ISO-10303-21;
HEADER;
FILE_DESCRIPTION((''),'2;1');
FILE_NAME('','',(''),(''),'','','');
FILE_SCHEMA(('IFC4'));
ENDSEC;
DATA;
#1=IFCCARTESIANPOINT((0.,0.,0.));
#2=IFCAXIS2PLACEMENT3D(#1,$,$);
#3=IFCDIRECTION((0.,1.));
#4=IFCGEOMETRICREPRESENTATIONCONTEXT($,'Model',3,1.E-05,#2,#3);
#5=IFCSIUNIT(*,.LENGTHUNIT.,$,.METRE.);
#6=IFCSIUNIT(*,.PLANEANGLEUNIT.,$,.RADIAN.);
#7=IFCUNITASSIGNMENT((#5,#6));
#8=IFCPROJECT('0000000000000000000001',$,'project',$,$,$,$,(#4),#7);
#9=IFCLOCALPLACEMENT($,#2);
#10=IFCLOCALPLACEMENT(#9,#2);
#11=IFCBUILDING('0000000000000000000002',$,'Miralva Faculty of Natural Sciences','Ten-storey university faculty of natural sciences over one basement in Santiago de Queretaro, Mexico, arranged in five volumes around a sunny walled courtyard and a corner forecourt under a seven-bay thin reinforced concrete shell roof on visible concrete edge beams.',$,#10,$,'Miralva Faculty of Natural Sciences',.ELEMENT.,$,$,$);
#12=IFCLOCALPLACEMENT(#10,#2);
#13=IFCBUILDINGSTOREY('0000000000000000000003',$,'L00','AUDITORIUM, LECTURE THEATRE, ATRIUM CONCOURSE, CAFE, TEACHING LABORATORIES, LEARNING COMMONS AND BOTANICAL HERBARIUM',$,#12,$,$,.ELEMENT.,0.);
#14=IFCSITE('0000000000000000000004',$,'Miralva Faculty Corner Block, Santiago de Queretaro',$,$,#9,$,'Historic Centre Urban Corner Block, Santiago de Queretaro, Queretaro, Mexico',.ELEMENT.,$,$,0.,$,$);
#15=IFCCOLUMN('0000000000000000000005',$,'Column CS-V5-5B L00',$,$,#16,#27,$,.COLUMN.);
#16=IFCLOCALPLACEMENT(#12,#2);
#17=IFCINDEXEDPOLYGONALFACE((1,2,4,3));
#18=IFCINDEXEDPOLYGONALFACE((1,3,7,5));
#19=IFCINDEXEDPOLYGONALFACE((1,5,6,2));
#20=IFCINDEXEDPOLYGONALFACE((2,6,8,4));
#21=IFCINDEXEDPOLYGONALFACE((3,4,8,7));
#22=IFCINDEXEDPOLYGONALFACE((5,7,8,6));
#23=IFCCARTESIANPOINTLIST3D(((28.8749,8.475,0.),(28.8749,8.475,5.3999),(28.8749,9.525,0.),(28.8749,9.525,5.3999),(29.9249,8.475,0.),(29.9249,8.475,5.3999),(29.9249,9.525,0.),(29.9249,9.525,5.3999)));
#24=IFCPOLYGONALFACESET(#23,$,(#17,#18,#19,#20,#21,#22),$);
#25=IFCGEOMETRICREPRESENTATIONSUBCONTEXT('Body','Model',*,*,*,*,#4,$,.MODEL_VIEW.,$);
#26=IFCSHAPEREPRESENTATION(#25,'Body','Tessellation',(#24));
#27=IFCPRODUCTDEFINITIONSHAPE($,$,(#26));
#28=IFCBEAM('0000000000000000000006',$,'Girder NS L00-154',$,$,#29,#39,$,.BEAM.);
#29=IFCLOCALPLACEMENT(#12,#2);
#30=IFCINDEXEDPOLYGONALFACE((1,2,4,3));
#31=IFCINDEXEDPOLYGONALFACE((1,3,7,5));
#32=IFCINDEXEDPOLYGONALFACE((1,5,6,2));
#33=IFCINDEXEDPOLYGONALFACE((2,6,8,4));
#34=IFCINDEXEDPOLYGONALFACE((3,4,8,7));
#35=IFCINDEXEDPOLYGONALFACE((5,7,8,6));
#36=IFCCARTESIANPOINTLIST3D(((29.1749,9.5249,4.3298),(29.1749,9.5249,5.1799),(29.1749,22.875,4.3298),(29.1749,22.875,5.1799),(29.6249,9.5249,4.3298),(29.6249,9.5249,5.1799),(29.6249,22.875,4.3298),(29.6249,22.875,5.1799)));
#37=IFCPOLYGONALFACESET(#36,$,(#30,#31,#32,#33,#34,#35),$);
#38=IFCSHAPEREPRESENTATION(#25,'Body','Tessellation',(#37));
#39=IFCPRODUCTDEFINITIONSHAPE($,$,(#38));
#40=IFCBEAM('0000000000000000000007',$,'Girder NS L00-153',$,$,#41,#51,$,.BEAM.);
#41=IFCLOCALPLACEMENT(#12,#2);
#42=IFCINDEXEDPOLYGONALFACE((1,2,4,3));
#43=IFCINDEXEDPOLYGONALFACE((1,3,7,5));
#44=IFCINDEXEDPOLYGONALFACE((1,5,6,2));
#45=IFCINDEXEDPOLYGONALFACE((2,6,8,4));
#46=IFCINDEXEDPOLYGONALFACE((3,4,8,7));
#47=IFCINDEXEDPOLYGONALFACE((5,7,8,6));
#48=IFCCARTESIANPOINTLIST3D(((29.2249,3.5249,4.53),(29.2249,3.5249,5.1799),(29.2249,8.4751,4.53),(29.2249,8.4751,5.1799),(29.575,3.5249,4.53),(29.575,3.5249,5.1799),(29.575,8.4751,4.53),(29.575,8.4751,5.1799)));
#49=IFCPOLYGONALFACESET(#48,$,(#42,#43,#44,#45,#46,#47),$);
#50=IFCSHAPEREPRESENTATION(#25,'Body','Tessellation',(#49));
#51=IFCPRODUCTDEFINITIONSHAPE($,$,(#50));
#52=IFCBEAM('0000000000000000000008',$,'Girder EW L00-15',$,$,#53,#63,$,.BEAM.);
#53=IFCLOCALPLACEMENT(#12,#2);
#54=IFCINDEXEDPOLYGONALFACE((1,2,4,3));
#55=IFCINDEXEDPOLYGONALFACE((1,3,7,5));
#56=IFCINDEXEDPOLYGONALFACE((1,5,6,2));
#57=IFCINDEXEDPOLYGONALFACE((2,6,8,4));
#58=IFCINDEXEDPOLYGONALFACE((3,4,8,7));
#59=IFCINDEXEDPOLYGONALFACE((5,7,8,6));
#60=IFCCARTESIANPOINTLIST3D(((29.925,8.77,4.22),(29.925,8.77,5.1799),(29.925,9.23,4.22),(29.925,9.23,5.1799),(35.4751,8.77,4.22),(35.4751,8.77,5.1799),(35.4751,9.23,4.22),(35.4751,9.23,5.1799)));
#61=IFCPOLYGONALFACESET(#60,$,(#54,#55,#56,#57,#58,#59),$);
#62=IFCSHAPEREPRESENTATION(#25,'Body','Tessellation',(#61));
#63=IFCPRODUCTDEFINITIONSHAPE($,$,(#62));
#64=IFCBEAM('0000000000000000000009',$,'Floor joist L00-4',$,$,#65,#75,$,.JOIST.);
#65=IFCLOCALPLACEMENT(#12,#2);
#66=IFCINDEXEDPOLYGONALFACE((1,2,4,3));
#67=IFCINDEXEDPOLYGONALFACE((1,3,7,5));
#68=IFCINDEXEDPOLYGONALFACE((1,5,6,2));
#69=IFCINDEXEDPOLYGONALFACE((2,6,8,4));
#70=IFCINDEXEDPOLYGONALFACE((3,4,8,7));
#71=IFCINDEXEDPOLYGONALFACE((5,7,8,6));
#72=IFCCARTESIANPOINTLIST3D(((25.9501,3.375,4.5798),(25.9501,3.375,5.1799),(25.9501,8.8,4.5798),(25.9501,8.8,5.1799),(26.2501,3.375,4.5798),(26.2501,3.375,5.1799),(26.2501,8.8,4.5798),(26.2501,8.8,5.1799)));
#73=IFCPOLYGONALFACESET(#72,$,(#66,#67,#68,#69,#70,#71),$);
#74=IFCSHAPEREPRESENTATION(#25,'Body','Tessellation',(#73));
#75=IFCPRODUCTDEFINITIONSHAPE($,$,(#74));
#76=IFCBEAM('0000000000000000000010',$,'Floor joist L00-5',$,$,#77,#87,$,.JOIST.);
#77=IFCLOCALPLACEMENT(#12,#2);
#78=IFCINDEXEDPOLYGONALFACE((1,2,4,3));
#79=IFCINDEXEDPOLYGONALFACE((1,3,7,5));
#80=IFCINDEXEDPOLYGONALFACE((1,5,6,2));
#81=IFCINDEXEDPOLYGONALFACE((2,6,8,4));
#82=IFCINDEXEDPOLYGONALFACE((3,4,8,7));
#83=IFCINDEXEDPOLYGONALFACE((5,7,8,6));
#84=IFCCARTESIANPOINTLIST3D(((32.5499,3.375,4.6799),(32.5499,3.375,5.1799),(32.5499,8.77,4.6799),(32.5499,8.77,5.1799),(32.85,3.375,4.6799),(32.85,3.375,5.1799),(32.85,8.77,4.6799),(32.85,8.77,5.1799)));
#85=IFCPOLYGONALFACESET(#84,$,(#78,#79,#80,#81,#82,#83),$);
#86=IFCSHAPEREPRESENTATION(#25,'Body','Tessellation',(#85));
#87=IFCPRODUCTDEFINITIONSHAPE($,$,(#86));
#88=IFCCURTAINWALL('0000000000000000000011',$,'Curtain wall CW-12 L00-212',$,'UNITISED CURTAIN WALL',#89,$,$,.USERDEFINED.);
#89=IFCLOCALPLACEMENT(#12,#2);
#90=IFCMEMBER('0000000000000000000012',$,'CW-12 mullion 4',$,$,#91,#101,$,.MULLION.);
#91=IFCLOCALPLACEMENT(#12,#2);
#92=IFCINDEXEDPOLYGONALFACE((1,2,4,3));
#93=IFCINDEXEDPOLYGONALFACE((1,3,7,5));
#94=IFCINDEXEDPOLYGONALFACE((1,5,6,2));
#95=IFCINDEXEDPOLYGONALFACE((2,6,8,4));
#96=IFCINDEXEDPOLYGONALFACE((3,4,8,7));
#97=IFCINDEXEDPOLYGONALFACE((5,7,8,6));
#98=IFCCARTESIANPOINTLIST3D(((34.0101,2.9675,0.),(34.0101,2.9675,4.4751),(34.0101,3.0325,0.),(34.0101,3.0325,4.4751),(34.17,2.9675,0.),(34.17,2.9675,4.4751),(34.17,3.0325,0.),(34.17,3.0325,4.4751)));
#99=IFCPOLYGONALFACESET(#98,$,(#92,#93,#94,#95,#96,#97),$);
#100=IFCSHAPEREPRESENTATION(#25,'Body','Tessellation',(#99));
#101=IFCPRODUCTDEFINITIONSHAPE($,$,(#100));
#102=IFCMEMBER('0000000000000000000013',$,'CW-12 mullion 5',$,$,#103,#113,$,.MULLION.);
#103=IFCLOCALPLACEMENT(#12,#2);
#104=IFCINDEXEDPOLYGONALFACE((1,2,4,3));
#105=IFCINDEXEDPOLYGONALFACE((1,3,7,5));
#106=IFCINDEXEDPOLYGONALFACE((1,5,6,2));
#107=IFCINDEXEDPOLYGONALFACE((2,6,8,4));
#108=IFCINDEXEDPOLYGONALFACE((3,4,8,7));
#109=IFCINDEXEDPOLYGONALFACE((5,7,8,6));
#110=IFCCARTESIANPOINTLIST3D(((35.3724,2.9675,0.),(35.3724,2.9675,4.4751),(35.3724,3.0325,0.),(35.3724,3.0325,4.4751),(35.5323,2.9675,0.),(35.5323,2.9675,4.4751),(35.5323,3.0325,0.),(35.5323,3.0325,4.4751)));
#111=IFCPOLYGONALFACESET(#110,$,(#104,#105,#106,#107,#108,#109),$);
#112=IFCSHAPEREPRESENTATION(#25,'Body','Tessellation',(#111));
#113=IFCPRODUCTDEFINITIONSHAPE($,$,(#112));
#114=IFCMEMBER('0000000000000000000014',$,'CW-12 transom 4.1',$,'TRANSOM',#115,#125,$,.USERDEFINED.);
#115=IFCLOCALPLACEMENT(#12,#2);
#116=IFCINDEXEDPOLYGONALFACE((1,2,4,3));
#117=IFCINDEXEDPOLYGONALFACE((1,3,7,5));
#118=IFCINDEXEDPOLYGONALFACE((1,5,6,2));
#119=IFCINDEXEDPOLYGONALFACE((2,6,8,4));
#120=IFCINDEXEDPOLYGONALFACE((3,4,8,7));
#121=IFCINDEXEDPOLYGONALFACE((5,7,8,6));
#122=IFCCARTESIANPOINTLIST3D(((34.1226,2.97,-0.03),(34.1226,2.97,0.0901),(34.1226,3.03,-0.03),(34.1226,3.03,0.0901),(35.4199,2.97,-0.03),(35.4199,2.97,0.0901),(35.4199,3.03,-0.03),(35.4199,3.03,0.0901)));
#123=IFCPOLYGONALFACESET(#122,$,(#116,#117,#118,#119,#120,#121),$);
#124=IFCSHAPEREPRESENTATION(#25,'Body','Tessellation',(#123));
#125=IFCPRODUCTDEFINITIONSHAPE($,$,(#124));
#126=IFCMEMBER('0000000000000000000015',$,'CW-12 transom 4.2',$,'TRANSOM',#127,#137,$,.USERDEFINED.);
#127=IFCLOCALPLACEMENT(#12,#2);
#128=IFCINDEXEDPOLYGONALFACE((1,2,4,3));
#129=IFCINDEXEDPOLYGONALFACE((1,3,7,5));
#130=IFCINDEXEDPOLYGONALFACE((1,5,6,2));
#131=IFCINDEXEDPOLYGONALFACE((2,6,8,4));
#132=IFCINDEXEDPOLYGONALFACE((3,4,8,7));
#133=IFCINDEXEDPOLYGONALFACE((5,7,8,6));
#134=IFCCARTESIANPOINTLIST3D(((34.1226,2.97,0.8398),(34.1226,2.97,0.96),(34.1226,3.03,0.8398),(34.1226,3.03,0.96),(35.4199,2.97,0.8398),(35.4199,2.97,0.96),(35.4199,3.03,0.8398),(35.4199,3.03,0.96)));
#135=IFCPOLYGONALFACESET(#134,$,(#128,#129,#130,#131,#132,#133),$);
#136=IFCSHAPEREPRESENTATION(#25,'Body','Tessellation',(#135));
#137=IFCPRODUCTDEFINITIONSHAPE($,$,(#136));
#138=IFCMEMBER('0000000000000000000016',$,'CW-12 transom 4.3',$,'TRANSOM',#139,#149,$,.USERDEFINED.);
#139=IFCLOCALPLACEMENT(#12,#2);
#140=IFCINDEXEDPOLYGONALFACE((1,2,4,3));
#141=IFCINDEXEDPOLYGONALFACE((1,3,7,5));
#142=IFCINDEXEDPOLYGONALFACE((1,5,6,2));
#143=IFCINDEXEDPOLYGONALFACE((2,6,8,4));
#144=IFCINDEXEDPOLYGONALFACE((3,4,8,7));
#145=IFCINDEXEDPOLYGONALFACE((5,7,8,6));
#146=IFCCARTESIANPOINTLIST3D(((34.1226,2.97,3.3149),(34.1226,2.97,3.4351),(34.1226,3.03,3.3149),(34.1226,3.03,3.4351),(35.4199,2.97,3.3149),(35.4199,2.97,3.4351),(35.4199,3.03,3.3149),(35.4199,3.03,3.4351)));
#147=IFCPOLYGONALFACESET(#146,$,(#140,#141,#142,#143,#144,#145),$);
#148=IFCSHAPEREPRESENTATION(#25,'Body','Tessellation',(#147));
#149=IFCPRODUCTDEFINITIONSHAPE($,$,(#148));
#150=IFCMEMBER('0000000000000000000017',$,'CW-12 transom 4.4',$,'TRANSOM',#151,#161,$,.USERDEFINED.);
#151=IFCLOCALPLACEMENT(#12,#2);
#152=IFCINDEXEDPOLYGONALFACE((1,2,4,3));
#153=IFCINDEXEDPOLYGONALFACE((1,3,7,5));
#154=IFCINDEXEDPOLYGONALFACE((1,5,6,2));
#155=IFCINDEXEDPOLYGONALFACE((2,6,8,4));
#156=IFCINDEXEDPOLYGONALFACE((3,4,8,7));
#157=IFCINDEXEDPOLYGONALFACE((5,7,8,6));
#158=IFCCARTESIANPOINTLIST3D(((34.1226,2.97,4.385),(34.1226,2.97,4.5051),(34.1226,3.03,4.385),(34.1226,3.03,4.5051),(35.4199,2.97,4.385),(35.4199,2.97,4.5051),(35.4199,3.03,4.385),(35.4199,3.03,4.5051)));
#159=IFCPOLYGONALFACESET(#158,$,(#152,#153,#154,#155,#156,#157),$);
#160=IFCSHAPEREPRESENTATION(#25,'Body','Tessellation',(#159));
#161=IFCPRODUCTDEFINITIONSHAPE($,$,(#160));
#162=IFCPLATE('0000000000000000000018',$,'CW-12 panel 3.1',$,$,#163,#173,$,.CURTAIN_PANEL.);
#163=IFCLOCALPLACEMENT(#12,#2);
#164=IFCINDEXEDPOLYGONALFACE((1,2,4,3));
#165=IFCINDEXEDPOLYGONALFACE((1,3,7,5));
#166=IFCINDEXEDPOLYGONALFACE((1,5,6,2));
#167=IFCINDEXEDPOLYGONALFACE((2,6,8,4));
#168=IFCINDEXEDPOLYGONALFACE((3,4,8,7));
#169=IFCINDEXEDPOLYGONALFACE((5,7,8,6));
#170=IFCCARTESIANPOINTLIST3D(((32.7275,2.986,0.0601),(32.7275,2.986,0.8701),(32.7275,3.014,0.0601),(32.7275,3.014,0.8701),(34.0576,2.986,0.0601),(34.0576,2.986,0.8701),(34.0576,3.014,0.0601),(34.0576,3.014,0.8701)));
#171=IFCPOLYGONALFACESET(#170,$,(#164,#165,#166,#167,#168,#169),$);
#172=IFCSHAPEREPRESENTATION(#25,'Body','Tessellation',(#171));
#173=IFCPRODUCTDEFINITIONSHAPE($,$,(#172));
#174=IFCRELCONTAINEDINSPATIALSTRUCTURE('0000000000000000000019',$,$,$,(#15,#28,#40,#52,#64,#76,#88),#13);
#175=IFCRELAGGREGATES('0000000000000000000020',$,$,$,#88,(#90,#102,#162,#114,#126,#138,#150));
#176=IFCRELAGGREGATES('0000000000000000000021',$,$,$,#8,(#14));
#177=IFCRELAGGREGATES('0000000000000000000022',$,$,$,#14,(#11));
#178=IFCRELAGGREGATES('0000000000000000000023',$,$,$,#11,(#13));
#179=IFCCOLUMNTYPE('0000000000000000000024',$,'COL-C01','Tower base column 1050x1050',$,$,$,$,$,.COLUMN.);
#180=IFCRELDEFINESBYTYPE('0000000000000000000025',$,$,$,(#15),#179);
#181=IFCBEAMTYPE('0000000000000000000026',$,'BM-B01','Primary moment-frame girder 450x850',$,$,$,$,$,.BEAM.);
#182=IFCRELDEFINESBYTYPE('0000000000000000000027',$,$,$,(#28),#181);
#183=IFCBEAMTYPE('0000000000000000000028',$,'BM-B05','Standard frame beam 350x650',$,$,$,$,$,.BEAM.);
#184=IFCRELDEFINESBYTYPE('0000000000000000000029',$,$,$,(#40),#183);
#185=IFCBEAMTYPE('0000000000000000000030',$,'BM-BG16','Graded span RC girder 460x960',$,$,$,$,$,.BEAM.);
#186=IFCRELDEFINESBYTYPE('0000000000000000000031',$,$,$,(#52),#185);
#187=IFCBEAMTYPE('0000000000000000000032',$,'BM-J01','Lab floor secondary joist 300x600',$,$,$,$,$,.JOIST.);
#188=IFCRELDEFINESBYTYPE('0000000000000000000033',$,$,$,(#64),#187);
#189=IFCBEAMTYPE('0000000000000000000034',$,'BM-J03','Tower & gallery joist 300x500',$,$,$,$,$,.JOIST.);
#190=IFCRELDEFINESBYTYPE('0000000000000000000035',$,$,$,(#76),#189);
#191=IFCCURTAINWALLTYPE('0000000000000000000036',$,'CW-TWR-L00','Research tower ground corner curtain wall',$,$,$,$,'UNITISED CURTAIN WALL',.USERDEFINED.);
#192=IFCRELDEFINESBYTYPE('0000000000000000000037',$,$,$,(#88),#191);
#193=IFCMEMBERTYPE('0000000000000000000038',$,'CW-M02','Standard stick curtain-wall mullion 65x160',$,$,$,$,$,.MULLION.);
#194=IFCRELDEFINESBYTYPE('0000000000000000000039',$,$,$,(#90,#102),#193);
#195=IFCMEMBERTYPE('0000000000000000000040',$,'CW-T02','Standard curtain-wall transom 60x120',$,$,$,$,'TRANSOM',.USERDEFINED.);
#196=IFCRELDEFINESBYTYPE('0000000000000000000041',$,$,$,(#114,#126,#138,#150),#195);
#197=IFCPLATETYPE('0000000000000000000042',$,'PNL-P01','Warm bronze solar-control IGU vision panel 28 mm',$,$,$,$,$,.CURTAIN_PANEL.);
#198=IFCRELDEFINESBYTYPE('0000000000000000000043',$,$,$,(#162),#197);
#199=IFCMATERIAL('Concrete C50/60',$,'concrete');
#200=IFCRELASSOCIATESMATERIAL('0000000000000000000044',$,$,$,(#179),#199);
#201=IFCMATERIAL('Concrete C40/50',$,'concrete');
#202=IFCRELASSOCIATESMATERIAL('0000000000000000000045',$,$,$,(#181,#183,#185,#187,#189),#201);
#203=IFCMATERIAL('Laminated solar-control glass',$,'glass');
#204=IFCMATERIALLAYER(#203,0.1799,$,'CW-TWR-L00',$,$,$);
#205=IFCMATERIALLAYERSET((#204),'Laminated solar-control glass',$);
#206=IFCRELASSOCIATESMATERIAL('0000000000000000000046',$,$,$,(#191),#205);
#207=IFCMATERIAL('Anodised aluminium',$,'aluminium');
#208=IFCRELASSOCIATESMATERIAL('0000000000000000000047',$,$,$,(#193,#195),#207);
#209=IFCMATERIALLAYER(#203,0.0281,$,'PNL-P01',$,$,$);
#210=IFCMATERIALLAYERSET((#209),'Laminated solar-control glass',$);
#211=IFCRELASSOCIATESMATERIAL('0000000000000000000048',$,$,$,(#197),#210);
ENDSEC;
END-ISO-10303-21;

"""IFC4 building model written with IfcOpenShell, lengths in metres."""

from ifc_helpers import new_model, si_unit, direction, frame, origin, origin_2d, place, context, subcontext, project, spatial, rectangle, extrude, material, layer, layer_set, material_profile, profile_set, type_object, element, aggregate, save


model = new_model("IFC4")

# Units and contexts
model_context = context("Model", 3, precision=1e-05, world=origin(), true_north=direction((0.0, 1.0)))
body_context = subcontext(model_context, "Body", "Model", "MODEL_VIEW")
ifc_project = project(units=[si_unit("LENGTHUNIT", "METRE"), si_unit("PLANEANGLEUNIT", "RADIAN")], contexts=[model_context])

# Site, building, storey
site_placement = place(None, origin())
site = spatial("IfcSite", under=ifc_project, at=site_placement, Name="Miralva Faculty Corner Block, Santiago de Queretaro", LongName="Historic Centre Urban Corner Block, Santiago de Queretaro, Queretaro, Mexico", CompositionType="ELEMENT", RefElevation=0.0)
building_placement = place(site_placement, origin())
building = spatial("IfcBuilding", under=site, at=building_placement, Name="Miralva Faculty of Natural Sciences", Description="Ten-storey university faculty of natural sciences over one basement in Santiago de Queretaro, Mexico, arranged in five volumes around a sunny walled courtyard and a corner forecourt under a seven-bay thin reinforced concrete shell roof on visible concrete edge beams.", LongName="Miralva Faculty of Natural Sciences", CompositionType="ELEMENT")
storey_placement = place(building_placement, origin())
storey = spatial("IfcBuildingStorey", under=building, at=storey_placement, Name="L00", Description="AUDITORIUM, LECTURE THEATRE, ATRIUM CONCOURSE, CAFE, TEACHING LABORATORIES, LEARNING COMMONS AND BOTANICAL HERBARIUM", CompositionType="ELEMENT", Elevation=0.0)

# Column
ifc_material_1 = material(Name="Concrete C50/60", Category="concrete")
ifc_material_profile_1 = material_profile(ifc_material_1, rectangle(XDim=1.05, YDim=1.05, at=origin_2d()), Name="RC 1050x1050")
ifc_profile_set_1 = profile_set([ifc_material_profile_1], Name="Concrete C50/60")
column_type = type_object("IfcColumnType", Name="COL-C01", Description="Tower base column 1050x1050", PredefinedType="COLUMN", material=ifc_profile_set_1)
column_placement = place(storey_placement, frame((29.3999, 9.0, 0.0), z_axis=(0.0, 0.0, 1.0), x_axis=(1.0, 0.0, 0.0)))
element("IfcColumn", 1, at=column_placement, inside=storey, type_object=column_type, Name="Column CS-V5-5B L00", PredefinedType="COLUMN", context=body_context, shape_type="SweptSolid", body=[
    extrude(rectangle(XDim=1.05, YDim=1.05, at=origin_2d()), origin(), (0.0, 0.0, 1.0), 5.3999),
])

# Beams
ifc_material_2 = material(Name="Concrete C40/50", Category="concrete")
ifc_material_profile_2 = material_profile(ifc_material_2, rectangle(XDim=0.45, YDim=0.8501, at=origin_2d()), Name="RC 450x850")
ifc_profile_set_2 = profile_set([ifc_material_profile_2], Name="Concrete C40/50")
beam_type_1 = type_object("IfcBeamType", Name="BM-B01", Description="Primary moment-frame girder 450x850", PredefinedType="BEAM", material=ifc_profile_set_2)
beam_1_placement = place(storey_placement, frame((29.3999, 9.5249, 4.7549), z_axis=(0.0, 1.0, 0.0), x_axis=(-1.0, 0.0, 0.0)))
element("IfcBeam", 2, at=beam_1_placement, inside=storey, type_object=beam_type_1, Name="Girder NS L00-154", PredefinedType="BEAM", context=body_context, shape_type="SweptSolid", body=[
    extrude(rectangle(XDim=0.45, YDim=0.8501, at=origin_2d()), origin(), (0.0, 0.0, 1.0), 13.3501),
])
ifc_material_profile_3 = material_profile(ifc_material_2, rectangle(XDim=0.3501, YDim=0.6499, at=origin_2d()), Name="RC 350x650")
ifc_profile_set_3 = profile_set([ifc_material_profile_3], Name="Concrete C40/50")
beam_type_2 = type_object("IfcBeamType", Name="BM-B05", Description="Standard frame beam 350x650", PredefinedType="BEAM", material=ifc_profile_set_3)
beam_2_placement = place(storey_placement, frame((29.3999, 3.5249, 4.855), z_axis=(0.0, 1.0, 0.0), x_axis=(-1.0, 0.0, 0.0)))
element("IfcBeam", 3, at=beam_2_placement, inside=storey, type_object=beam_type_2, Name="Girder NS L00-153", PredefinedType="BEAM", context=body_context, shape_type="SweptSolid", body=[
    extrude(rectangle(XDim=0.3501, YDim=0.6499, at=origin_2d()), origin(), (0.0, 0.0, 1.0), 4.9502),
])
ifc_material_profile_4 = material_profile(ifc_material_2, rectangle(XDim=0.46, YDim=0.96, at=origin_2d()), Name="RC 460x960")
ifc_profile_set_4 = profile_set([ifc_material_profile_4], Name="Concrete C40/50")
beam_type_3 = type_object("IfcBeamType", Name="BM-BG16", Description="Graded span RC girder 460x960", PredefinedType="BEAM", material=ifc_profile_set_4)
beam_3_placement = place(storey_placement, frame((29.925, 9.0, 4.7), z_axis=(1.0, 0.0, 0.0), x_axis=(0.0, 1.0, 0.0)))
element("IfcBeam", 4, at=beam_3_placement, inside=storey, type_object=beam_type_3, Name="Girder EW L00-15", PredefinedType="BEAM", context=body_context, shape_type="SweptSolid", body=[
    extrude(rectangle(XDim=0.46, YDim=0.96, at=origin_2d()), origin(), (0.0, 0.0, 1.0), 5.55),
])
ifc_material_profile_5 = material_profile(ifc_material_2, rectangle(XDim=0.3, YDim=0.6001, at=origin_2d()), Name="RC 300x600")
ifc_profile_set_5 = profile_set([ifc_material_profile_5], Name="Concrete C40/50")
beam_type_4 = type_object("IfcBeamType", Name="BM-J01", Description="Lab floor secondary joist 300x600", PredefinedType="JOIST", material=ifc_profile_set_5)
beam_4_placement = place(storey_placement, frame((26.1001, 3.375, 4.8799), z_axis=(0.0, 1.0, 0.0), x_axis=(-1.0, 0.0, 0.0)))
element("IfcBeam", 5, at=beam_4_placement, inside=storey, type_object=beam_type_4, Name="Floor joist L00-4", PredefinedType="JOIST", context=body_context, shape_type="SweptSolid", body=[
    extrude(rectangle(XDim=0.3, YDim=0.6001, at=origin_2d()), origin(), (0.0, 0.0, 1.0), 5.425),
])
ifc_material_profile_6 = material_profile(ifc_material_2, rectangle(XDim=0.3, YDim=0.5, at=origin_2d()), Name="RC 300x500")
ifc_profile_set_6 = profile_set([ifc_material_profile_6], Name="Concrete C40/50")
beam_type_5 = type_object("IfcBeamType", Name="BM-J03", Description="Tower & gallery joist 300x500", PredefinedType="JOIST", material=ifc_profile_set_6)
beam_5_placement = place(storey_placement, frame((32.7, 3.375, 4.9299), z_axis=(0.0, 1.0, 0.0), x_axis=(-1.0, 0.0, 0.0)))
element("IfcBeam", 6, at=beam_5_placement, inside=storey, type_object=beam_type_5, Name="Floor joist L00-5", PredefinedType="JOIST", context=body_context, shape_type="SweptSolid", body=[
    extrude(rectangle(XDim=0.3, YDim=0.5, at=origin_2d()), origin(), (0.0, 0.0, 1.0), 5.395),
])

# Curtain wall, members, plate
ifc_material_3 = material(Name="Laminated solar-control glass", Category="glass")
ifc_layer_1 = layer(ifc_material_3, 0.1799, Name="CW-TWR-L00")
ifc_layer_set_1 = layer_set([ifc_layer_1], Name="Laminated solar-control glass")
curtain_wall_type = type_object("IfcCurtainWallType", Name="CW-TWR-L00", Description="Research tower ground corner curtain wall", ElementType="UNITISED CURTAIN WALL", PredefinedType="USERDEFINED", material=ifc_layer_set_1)
curtain_wall_placement = place(storey_placement, origin())
curtain_wall = element("IfcCurtainWall", 7, at=curtain_wall_placement, inside=storey, type_object=curtain_wall_type, Name="Curtain wall CW-12 L00-212", ObjectType="UNITISED CURTAIN WALL", PredefinedType="USERDEFINED")
ifc_material_4 = material(Name="Anodised aluminium", Category="aluminium")
ifc_material_profile_7 = material_profile(ifc_material_4, rectangle(XDim=0.0649, YDim=0.1599, at=origin_2d()), Name="MULLION 65x160")
ifc_profile_set_7 = profile_set([ifc_material_profile_7], Name="Anodised aluminium")
member_type_1 = type_object("IfcMemberType", Name="CW-M02", Description="Standard stick curtain-wall mullion 65x160", PredefinedType="MULLION", material=ifc_profile_set_7)
member_1_placement = place(storey_placement, frame((34.0901, 3.0, 0.0), z_axis=(0.0, 0.0, 1.0), x_axis=(0.0, 1.0, 0.0)))
member_1 = element("IfcMember", 8, at=member_1_placement, type_object=member_type_1, Name="CW-12 mullion 4", PredefinedType="MULLION", context=body_context, shape_type="SweptSolid", body=[
    extrude(rectangle(XDim=0.0649, YDim=0.1599, at=origin_2d()), origin(), (0.0, 0.0, 1.0), 4.4751),
])
member_2_placement = place(storey_placement, frame((35.4524, 3.0, 0.0), z_axis=(0.0, 0.0, 1.0), x_axis=(0.0, 1.0, 0.0)))
member_2 = element("IfcMember", 9, at=member_2_placement, type_object=member_type_1, Name="CW-12 mullion 5", PredefinedType="MULLION", context=body_context, shape_type="SweptSolid", body=[
    extrude(rectangle(XDim=0.0649, YDim=0.1599, at=origin_2d()), origin(), (0.0, 0.0, 1.0), 4.4751),
])
ifc_material_profile_8 = material_profile(ifc_material_4, rectangle(XDim=0.0601, YDim=0.1201, at=origin_2d()), Name="TRANSOM 60x120")
ifc_profile_set_8 = profile_set([ifc_material_profile_8], Name="Anodised aluminium")
member_type_2 = type_object("IfcMemberType", Name="CW-T02", Description="Standard curtain-wall transom 60x120", ElementType="TRANSOM", PredefinedType="USERDEFINED", material=ifc_profile_set_8)
member_3_placement = place(storey_placement, frame((34.1226, 3.0, 0.03), z_axis=(1.0, 0.0, 0.0), x_axis=(0.0, 1.0, 0.0)))
member_3 = element("IfcMember", 10, at=member_3_placement, type_object=member_type_2, Name="CW-12 transom 4.1", ObjectType="TRANSOM", PredefinedType="USERDEFINED", context=body_context, shape_type="SweptSolid", body=[
    extrude(rectangle(XDim=0.0601, YDim=0.1201, at=origin_2d()), origin(), (0.0, 0.0, 1.0), 1.2974),
])
member_4_placement = place(storey_placement, frame((34.1226, 3.0, 0.8999), z_axis=(1.0, 0.0, 0.0), x_axis=(0.0, 1.0, 0.0)))
member_4 = element("IfcMember", 11, at=member_4_placement, type_object=member_type_2, Name="CW-12 transom 4.2", ObjectType="TRANSOM", PredefinedType="USERDEFINED", context=body_context, shape_type="SweptSolid", body=[
    extrude(rectangle(XDim=0.0601, YDim=0.1201, at=origin_2d()), origin(), (0.0, 0.0, 1.0), 1.2974),
])
member_5_placement = place(storey_placement, frame((34.1226, 3.0, 3.375), z_axis=(1.0, 0.0, 0.0), x_axis=(0.0, 1.0, 0.0)))
member_5 = element("IfcMember", 12, at=member_5_placement, type_object=member_type_2, Name="CW-12 transom 4.3", ObjectType="TRANSOM", PredefinedType="USERDEFINED", context=body_context, shape_type="SweptSolid", body=[
    extrude(rectangle(XDim=0.0601, YDim=0.1201, at=origin_2d()), origin(), (0.0, 0.0, 1.0), 1.2974),
])
member_6_placement = place(storey_placement, frame((34.1226, 3.0, 4.4451), z_axis=(1.0, 0.0, 0.0), x_axis=(0.0, 1.0, 0.0)))
member_6 = element("IfcMember", 13, at=member_6_placement, type_object=member_type_2, Name="CW-12 transom 4.4", ObjectType="TRANSOM", PredefinedType="USERDEFINED", context=body_context, shape_type="SweptSolid", body=[
    extrude(rectangle(XDim=0.0601, YDim=0.1201, at=origin_2d()), origin(), (0.0, 0.0, 1.0), 1.2974),
])
ifc_layer_2 = layer(ifc_material_3, 0.0281, Name="PNL-P01")
ifc_layer_set_2 = layer_set([ifc_layer_2], Name="Laminated solar-control glass")
plate_type = type_object("IfcPlateType", Name="PNL-P01", Description="Warm bronze solar-control IGU vision panel 28 mm", PredefinedType="CURTAIN_PANEL", material=ifc_layer_set_2)
plate_1_placement = place(storey_placement, frame((33.3926, 3.0, 0.0601), z_axis=(0.0, 0.0, 1.0), x_axis=(1.0, 0.0, 0.0)))
plate_1 = element("IfcPlate", 14, at=plate_1_placement, type_object=plate_type, Name="CW-12 panel 3.1", PredefinedType="CURTAIN_PANEL", context=body_context, shape_type="SweptSolid", body=[
    extrude(rectangle(XDim=1.3301, YDim=0.0281, at=origin_2d()), origin(), (0.0, 0.0, 1.0), 0.8101),
])
aggregate(curtain_wall, [member_1, member_2, plate_1, member_3, member_4, member_5, member_6])

save(model, "model.ifc")
